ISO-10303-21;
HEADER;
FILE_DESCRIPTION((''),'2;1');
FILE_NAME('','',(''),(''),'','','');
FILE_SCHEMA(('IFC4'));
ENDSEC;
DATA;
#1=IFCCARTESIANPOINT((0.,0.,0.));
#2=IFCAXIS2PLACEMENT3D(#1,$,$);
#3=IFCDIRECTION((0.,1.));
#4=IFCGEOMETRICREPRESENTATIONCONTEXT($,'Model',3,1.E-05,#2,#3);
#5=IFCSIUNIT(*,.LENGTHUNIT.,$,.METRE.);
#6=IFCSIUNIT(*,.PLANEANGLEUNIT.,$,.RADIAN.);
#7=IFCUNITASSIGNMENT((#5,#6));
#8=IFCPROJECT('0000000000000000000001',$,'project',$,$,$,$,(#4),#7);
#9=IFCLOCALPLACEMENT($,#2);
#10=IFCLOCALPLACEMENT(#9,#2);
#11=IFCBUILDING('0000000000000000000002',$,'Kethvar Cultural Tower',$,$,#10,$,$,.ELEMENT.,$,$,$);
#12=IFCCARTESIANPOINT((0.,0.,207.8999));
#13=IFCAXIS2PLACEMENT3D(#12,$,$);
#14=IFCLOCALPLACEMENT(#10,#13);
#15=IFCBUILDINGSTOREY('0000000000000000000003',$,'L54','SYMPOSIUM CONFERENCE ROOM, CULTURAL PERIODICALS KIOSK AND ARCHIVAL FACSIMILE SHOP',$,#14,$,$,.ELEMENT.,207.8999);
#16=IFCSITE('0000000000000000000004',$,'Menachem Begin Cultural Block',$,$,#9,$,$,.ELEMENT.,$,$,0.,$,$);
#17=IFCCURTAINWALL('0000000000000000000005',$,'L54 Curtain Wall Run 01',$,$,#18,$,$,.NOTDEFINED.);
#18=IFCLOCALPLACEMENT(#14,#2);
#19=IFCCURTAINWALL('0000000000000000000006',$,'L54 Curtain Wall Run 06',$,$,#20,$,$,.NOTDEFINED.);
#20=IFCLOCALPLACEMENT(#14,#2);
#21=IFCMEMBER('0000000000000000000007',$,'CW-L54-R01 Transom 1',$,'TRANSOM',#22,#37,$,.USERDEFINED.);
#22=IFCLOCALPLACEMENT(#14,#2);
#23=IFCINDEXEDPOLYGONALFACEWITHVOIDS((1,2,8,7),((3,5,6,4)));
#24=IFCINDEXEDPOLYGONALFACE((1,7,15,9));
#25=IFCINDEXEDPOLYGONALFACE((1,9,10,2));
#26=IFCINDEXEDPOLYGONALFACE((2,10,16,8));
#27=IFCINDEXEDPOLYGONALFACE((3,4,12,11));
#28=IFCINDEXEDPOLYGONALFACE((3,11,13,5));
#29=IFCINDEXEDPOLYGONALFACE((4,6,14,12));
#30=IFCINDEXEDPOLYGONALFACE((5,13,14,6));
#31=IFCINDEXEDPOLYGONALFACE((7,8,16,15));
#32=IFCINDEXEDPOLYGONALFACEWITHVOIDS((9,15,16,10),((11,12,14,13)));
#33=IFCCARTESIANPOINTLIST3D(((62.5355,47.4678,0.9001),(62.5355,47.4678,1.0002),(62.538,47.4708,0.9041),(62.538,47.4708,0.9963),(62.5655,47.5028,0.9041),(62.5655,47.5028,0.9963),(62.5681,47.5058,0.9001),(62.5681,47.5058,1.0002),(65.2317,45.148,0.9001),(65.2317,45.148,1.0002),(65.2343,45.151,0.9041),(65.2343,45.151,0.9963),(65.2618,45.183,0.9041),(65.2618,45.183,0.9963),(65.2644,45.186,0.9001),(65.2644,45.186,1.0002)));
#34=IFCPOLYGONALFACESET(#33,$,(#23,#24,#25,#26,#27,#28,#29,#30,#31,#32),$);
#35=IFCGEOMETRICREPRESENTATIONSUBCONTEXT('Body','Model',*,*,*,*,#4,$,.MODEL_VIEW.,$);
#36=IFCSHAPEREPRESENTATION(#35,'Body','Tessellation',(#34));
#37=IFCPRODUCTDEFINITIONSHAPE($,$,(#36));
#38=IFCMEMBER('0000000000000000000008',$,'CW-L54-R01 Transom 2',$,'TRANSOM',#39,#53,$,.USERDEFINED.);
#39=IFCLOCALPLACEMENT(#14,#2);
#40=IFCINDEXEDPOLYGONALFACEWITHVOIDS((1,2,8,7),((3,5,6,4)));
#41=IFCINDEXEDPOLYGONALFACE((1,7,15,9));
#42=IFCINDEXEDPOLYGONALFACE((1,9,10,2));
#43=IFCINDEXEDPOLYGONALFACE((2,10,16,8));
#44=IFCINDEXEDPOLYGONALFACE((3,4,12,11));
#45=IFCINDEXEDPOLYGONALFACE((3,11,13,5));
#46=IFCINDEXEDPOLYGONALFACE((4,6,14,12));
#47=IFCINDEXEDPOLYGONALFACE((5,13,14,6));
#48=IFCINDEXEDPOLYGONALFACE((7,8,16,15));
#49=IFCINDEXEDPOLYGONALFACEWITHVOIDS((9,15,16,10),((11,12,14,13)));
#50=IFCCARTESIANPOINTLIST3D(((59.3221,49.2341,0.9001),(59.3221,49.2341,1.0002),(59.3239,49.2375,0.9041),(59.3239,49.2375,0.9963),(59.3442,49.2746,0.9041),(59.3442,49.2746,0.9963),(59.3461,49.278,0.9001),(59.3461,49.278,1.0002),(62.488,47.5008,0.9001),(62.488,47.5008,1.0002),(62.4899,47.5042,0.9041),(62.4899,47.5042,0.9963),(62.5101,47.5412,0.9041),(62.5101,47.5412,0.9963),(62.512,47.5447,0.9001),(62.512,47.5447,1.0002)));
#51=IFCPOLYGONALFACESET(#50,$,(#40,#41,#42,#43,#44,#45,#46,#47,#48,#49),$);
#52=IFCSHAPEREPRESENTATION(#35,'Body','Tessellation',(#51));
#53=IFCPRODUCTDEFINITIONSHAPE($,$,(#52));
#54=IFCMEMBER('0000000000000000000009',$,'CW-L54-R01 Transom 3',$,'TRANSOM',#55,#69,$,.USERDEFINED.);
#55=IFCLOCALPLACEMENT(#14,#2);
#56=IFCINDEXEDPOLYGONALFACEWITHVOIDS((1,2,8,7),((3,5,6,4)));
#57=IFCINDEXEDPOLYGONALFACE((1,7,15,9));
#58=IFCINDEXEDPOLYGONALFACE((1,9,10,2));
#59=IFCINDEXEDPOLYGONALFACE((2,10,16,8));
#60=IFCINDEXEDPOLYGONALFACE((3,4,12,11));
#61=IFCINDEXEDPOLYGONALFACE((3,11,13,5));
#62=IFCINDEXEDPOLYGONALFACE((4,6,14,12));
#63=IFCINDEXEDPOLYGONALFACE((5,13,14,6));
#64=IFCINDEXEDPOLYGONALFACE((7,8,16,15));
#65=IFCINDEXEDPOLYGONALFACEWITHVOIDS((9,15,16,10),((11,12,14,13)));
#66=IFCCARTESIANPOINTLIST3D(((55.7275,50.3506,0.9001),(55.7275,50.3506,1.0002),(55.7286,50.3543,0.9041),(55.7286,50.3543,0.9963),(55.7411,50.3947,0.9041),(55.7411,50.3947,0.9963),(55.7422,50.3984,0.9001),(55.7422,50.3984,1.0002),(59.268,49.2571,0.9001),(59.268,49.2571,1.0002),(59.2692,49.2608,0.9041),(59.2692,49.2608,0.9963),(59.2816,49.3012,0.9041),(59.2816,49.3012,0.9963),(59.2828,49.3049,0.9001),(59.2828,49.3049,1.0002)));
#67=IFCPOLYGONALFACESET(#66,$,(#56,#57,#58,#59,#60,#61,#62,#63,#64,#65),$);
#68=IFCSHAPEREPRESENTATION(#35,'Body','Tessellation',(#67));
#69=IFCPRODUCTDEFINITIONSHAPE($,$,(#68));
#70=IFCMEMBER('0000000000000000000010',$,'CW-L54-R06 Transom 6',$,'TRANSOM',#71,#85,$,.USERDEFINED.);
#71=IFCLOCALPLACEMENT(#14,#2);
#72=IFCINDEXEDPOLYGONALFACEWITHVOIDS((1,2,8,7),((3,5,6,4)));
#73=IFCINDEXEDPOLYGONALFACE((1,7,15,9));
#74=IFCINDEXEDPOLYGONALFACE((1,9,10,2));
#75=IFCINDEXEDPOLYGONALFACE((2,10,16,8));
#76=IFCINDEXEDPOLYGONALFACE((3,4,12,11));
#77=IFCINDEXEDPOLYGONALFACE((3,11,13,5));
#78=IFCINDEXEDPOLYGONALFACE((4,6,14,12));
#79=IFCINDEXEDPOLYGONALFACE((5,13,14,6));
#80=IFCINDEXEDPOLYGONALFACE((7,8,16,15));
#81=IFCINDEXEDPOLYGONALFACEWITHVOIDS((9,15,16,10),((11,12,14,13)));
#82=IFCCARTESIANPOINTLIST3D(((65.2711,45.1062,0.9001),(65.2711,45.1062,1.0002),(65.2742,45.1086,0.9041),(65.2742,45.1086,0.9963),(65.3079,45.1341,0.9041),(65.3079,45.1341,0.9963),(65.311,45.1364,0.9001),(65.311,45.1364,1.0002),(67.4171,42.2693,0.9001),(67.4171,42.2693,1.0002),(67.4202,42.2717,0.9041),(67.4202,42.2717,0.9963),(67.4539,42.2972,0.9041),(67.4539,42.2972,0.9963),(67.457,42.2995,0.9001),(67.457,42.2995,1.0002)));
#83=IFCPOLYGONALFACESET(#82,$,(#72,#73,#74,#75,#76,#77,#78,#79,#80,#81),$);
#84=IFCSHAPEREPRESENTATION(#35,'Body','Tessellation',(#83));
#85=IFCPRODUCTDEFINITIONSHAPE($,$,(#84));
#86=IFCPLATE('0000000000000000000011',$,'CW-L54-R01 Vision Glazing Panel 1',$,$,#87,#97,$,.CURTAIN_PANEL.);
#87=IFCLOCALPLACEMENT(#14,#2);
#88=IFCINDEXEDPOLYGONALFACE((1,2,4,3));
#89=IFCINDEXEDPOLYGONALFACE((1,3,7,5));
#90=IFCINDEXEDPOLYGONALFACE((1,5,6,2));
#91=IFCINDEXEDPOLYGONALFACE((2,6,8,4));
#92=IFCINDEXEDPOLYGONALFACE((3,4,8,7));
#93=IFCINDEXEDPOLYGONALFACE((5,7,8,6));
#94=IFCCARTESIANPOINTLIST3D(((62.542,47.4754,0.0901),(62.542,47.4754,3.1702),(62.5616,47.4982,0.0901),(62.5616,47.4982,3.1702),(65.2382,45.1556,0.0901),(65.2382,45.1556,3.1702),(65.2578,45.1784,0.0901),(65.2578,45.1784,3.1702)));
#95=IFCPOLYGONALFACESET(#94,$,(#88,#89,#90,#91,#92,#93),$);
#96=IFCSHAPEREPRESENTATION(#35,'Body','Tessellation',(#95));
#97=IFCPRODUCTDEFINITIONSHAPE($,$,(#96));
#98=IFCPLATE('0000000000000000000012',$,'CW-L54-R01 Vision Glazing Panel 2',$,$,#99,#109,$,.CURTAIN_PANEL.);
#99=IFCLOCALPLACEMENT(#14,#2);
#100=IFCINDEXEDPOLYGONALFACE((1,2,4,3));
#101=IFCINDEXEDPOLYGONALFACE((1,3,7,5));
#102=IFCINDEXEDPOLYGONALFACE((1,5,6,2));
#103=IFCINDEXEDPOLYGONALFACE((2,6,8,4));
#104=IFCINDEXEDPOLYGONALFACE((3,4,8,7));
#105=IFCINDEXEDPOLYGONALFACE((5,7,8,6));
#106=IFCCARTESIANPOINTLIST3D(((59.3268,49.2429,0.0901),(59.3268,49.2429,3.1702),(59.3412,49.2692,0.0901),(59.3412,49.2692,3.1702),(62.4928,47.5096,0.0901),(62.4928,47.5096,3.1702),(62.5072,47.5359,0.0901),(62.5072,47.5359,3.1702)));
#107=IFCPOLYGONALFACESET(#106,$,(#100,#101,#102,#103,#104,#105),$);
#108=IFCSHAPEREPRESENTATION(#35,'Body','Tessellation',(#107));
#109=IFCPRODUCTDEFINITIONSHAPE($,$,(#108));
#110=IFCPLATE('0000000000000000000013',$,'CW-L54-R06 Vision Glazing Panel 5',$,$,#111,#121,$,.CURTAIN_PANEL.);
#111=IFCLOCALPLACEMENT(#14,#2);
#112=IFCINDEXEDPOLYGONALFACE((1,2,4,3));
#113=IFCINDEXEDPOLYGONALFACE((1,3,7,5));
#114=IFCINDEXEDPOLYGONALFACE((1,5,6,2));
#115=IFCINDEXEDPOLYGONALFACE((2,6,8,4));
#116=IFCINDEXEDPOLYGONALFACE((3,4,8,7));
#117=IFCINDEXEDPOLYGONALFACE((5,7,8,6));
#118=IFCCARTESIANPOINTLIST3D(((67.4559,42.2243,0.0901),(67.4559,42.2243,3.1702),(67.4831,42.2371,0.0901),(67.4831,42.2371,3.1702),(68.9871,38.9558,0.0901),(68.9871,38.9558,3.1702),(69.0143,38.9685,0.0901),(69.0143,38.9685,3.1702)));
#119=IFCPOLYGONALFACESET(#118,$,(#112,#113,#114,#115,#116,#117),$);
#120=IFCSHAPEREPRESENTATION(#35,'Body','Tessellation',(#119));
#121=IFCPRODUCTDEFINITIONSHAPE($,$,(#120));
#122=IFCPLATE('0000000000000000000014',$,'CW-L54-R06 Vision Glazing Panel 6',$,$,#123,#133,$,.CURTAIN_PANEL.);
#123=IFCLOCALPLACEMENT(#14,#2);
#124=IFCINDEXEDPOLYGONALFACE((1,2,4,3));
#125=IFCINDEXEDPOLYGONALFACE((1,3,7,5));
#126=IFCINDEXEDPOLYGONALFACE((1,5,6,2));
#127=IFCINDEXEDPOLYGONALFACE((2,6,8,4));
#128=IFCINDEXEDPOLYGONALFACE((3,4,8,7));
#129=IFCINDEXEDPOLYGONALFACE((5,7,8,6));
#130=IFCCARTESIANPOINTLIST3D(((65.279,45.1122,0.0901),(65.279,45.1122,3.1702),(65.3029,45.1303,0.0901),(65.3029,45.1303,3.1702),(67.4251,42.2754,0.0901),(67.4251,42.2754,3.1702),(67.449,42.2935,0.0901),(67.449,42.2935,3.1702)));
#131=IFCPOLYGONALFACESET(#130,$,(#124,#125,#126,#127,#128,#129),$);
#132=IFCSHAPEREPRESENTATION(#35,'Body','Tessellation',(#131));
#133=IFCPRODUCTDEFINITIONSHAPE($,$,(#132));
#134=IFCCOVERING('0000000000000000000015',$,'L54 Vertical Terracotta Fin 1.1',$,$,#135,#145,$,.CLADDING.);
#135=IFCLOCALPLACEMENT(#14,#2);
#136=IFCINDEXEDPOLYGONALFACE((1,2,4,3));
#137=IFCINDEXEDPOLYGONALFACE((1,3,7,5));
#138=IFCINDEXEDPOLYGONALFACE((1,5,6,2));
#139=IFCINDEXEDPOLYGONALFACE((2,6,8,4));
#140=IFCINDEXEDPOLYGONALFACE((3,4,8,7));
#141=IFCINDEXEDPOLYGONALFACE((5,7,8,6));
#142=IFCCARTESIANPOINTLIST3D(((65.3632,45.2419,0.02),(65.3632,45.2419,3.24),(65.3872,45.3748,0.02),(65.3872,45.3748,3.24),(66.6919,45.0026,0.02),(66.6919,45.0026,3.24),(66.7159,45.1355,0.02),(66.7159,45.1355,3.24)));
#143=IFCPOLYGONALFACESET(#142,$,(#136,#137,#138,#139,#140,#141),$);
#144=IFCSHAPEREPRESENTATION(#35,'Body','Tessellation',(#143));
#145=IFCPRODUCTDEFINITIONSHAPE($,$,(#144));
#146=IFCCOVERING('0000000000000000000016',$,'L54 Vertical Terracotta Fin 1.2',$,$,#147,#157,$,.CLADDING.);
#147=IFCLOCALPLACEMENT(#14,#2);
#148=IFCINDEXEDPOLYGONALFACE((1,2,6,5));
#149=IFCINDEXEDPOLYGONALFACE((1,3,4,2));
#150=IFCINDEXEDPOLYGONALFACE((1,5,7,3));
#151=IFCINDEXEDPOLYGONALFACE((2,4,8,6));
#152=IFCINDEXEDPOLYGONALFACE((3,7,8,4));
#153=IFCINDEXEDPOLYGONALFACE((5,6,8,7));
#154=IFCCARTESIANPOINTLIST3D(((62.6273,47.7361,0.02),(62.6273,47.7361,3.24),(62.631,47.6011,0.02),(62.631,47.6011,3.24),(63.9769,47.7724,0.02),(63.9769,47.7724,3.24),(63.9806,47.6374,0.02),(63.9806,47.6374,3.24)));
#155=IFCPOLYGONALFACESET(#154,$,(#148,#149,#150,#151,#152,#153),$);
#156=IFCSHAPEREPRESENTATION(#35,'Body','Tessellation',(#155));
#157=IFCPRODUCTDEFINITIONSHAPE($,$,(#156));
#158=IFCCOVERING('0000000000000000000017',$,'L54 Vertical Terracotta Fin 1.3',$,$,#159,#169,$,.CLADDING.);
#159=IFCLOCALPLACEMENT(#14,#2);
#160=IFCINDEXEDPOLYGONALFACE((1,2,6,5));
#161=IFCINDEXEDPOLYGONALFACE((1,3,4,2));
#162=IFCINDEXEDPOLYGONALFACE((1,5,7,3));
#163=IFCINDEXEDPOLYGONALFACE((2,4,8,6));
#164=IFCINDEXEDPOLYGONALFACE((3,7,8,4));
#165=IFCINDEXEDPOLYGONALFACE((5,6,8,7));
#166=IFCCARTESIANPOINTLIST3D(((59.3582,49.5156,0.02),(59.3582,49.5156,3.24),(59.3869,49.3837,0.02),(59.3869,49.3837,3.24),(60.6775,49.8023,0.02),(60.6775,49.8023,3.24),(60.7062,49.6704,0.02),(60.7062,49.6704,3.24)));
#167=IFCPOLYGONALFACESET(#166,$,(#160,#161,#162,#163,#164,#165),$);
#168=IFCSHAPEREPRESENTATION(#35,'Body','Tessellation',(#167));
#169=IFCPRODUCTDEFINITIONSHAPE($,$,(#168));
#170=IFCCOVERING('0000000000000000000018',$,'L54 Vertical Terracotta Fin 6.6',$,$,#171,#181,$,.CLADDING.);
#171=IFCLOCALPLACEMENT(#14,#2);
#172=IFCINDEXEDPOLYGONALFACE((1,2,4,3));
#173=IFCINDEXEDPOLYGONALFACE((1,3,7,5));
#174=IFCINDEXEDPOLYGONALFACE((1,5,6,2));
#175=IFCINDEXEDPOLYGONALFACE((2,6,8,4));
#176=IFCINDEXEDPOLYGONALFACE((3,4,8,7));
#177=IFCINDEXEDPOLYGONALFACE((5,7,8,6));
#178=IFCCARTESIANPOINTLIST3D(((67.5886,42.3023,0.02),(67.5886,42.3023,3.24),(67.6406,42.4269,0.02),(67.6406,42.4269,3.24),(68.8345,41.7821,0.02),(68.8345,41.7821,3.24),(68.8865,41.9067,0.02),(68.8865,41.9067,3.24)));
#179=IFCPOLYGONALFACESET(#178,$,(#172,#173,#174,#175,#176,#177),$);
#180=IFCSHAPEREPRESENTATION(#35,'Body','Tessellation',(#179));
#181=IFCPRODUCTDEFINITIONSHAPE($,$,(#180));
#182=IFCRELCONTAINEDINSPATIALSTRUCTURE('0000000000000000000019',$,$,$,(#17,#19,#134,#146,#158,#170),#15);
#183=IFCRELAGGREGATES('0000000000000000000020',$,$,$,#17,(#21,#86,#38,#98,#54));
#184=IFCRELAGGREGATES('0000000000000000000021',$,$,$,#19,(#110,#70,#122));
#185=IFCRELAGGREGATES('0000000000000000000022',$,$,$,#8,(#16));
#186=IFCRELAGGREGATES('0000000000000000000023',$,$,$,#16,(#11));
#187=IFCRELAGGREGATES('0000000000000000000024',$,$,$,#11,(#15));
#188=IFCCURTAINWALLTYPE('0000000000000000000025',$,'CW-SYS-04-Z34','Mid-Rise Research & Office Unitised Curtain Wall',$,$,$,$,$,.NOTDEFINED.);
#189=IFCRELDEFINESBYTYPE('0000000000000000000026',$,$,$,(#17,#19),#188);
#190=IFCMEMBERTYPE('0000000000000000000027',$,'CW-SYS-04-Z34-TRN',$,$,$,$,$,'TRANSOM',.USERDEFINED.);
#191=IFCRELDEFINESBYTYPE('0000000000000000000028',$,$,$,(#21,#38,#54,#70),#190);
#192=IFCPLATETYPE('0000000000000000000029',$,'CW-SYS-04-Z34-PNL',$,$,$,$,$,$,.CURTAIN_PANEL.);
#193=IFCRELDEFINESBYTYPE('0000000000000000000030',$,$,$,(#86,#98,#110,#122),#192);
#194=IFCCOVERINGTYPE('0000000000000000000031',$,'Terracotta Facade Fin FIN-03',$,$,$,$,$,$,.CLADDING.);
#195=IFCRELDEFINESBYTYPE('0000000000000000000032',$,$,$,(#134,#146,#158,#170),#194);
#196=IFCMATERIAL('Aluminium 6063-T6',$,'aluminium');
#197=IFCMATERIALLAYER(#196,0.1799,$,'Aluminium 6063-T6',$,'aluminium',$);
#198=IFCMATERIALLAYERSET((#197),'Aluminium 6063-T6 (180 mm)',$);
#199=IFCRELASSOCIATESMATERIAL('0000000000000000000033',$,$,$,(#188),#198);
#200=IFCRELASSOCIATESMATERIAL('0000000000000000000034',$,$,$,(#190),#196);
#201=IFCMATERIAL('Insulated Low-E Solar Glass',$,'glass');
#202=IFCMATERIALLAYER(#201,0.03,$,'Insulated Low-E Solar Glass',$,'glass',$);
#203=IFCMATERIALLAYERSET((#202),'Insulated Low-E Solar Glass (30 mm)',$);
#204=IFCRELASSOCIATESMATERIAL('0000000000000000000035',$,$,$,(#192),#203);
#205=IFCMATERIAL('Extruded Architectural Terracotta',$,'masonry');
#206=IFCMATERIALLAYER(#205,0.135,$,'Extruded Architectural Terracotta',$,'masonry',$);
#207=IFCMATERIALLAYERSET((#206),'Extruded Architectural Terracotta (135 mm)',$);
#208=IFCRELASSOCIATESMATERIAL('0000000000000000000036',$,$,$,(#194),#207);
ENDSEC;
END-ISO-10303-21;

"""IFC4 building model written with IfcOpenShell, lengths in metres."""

from ifc_helpers import new_model, si_unit, direction, frame, origin, origin_2d, place, context, subcontext, project, spatial, rectangle, hollow_rectangle, extrude, source, transform, mapped, material, layer, layer_set, material_profile, profile_set, type_object, element, aggregate, save


model = new_model("IFC4")

# Units and contexts
model_context = context("Model", 3, precision=1e-05, world=origin(), true_north=direction((0.0, 1.0)))
body_context = subcontext(model_context, "Body", "Model", "MODEL_VIEW")
ifc_project = project(units=[si_unit("LENGTHUNIT", "METRE"), si_unit("PLANEANGLEUNIT", "RADIAN")], contexts=[model_context])

# Site, building, storey
site_placement = place(None, origin())
site = spatial("IfcSite", under=ifc_project, at=site_placement, Name="Menachem Begin Cultural Block", CompositionType="ELEMENT", RefElevation=0.0)
building_placement = place(site_placement, origin())
building = spatial("IfcBuilding", under=site, at=building_placement, Name="Kethvar Cultural Tower", CompositionType="ELEMENT")
storey_placement = place(building_placement, frame((0.0, 0.0, 207.8999)))
storey = spatial("IfcBuildingStorey", under=building, at=storey_placement, Name="L54", Description="SYMPOSIUM CONFERENCE ROOM, CULTURAL PERIODICALS KIOSK AND ARCHIVAL FACSIMILE SHOP", CompositionType="ELEMENT", Elevation=207.8999)

# Curtain walls
ifc_material_1 = material(Name="Aluminium 6063-T6", Category="aluminium")
ifc_layer_1 = layer(ifc_material_1, 0.1799, Name="Aluminium 6063-T6", Category="aluminium")
ifc_layer_set_1 = layer_set([ifc_layer_1], Name="Aluminium 6063-T6 (180 mm)")
curtain_wall_type = type_object("IfcCurtainWallType", Name="CW-SYS-04-Z34", Description="Mid-Rise Research & Office Unitised Curtain Wall", PredefinedType="NOTDEFINED", material=ifc_layer_set_1)
curtain_wall_1_placement = place(storey_placement, origin())
curtain_wall_1 = element("IfcCurtainWall", 1, at=curtain_wall_1_placement, inside=storey, type_object=curtain_wall_type, Name="L54 Curtain Wall Run 01", PredefinedType="NOTDEFINED")
curtain_wall_2_placement = place(storey_placement, origin())
curtain_wall_2 = element("IfcCurtainWall", 2, at=curtain_wall_2_placement, inside=storey, type_object=curtain_wall_type, Name="L54 Curtain Wall Run 06", PredefinedType="NOTDEFINED")

# Members
ifc_material_profile_1 = material_profile(ifc_material_1, hollow_rectangle(XDim=0.05, YDim=0.1001, WallThickness=0.0039, at=origin_2d()), Name="Aluminium 6063-T6 — RHS100x50x4")
ifc_profile_set_1 = profile_set([ifc_material_profile_1], Name="Aluminium 6063-T6 — RHS100x50x4")
member_type_1 = type_object("IfcMemberType", Name="CW-SYS-04-Z34-TRN", ElementType="TRANSOM", PredefinedType="USERDEFINED", material=ifc_profile_set_1)
shared_shape_1 = source(origin(), body_context, "Body", "SweptSolid", [
    extrude(hollow_rectangle(XDim=0.05, YDim=0.1001, WallThickness=0.0039, at=origin_2d()), origin(), (0.0, 0.0, 1.0), 3.5569),
])
member_1_placement = place(storey_placement, frame((65.248, 45.167, 0.9502), z_axis=(-0.758044, 0.652203, 0.0), x_axis=(-0.652203, -0.758044, 0.0)))
member_1 = element("IfcMember", 3, at=member_1_placement, type_object=member_type_1, Name="CW-L54-R01 Transom 1", ObjectType="TRANSOM", PredefinedType="USERDEFINED", context=body_context, shape_type="MappedRepresentation", body=[
    mapped(shared_shape_1, transform((0.0, 0.0, 0.0), scale=1.0)),
])
shared_shape_2 = source(origin(), body_context, "Body", "SweptSolid", [
    extrude(hollow_rectangle(XDim=0.05, YDim=0.1001, WallThickness=0.0039, at=origin_2d()), origin(), (0.0, 0.0, 1.0), 3.6094),
])
member_2_placement = place(storey_placement, frame((62.5, 47.5227, 0.9502), z_axis=(-0.87714, 0.480235, 0.0), x_axis=(-0.480235, -0.87714, 0.0)))
member_2 = element("IfcMember", 4, at=member_2_placement, type_object=member_type_1, Name="CW-L54-R01 Transom 2", ObjectType="TRANSOM", PredefinedType="USERDEFINED", context=body_context, shape_type="MappedRepresentation", body=[
    mapped(shared_shape_2, transform((0.0, 0.0, 0.0), scale=1.0)),
])
shared_shape_3 = source(origin(), body_context, "Body", "SweptSolid", [
    extrude(hollow_rectangle(XDim=0.05, YDim=0.1001, WallThickness=0.0039, at=origin_2d()), origin(), (0.0, 0.0, 1.0), 3.7056),
])
member_3_placement = place(storey_placement, frame((59.2754, 49.281, 0.9502), z_axis=(-0.955466, 0.2951, 0.0), x_axis=(-0.2951, -0.955466, 0.0)))
member_3 = element("IfcMember", 5, at=member_3_placement, type_object=member_type_1, Name="CW-L54-R01 Transom 3", ObjectType="TRANSOM", PredefinedType="USERDEFINED", context=body_context, shape_type="MappedRepresentation", body=[
    mapped(shared_shape_3, transform((0.0, 0.0, 0.0), scale=1.0)),
])
shared_shape_4 = source(origin(), body_context, "Body", "SweptSolid", [
    extrude(hollow_rectangle(XDim=0.05, YDim=0.1001, WallThickness=0.0039, at=origin_2d()), origin(), (0.0, 0.0, 1.0), 3.5571),
])
member_4_placement = place(storey_placement, frame((67.437, 42.2844, 0.9502), z_axis=(-0.603289, 0.797522, 0.0), x_axis=(-0.797522, -0.603289, 0.0)))
member_4 = element("IfcMember", 6, at=member_4_placement, type_object=member_type_1, Name="CW-L54-R06 Transom 6", ObjectType="TRANSOM", PredefinedType="USERDEFINED", context=body_context, shape_type="MappedRepresentation", body=[
    mapped(shared_shape_4, transform((0.0, 0.0, 0.0), scale=1.0)),
])

# Plates
ifc_material_2 = material(Name="Insulated Low-E Solar Glass", Category="glass")
ifc_layer_2 = layer(ifc_material_2, 0.03, Name="Insulated Low-E Solar Glass", Category="glass")
ifc_layer_set_2 = layer_set([ifc_layer_2], Name="Insulated Low-E Solar Glass (30 mm)")
plate_type = type_object("IfcPlateType", Name="CW-SYS-04-Z34-PNL", PredefinedType="CURTAIN_PANEL", material=ifc_layer_set_2)
shared_shape_5 = source(origin(), body_context, "Body", "SweptSolid", [
    extrude(rectangle(XDim=3.5569, YDim=0.03, at=origin_2d()), origin(), (0.0, 0.0, 1.0), 3.0801),
])
plate_1_placement = place(storey_placement, frame((63.8999, 46.3269, 0.0901), z_axis=(0.0, 0.0, 1.0), x_axis=(-0.758043, 0.652204, 0.0)))
plate_1 = element("IfcPlate", 7, at=plate_1_placement, type_object=plate_type, Name="CW-L54-R01 Vision Glazing Panel 1", PredefinedType="CURTAIN_PANEL", context=body_context, shape_type="MappedRepresentation", body=[
    mapped(shared_shape_5, transform((0.0, 0.0, 0.0), scale=1.0)),
])
shared_shape_6 = source(origin(), body_context, "Body", "SweptSolid", [
    extrude(rectangle(XDim=3.6094, YDim=0.03, at=origin_2d()), origin(), (0.0, 0.0, 1.0), 3.0801),
])
plate_2_placement = place(storey_placement, frame((60.917, 48.3894, 0.0901), z_axis=(0.0, 0.0, 1.0), x_axis=(-0.877146, 0.480223, 0.0)))
plate_2 = element("IfcPlate", 8, at=plate_2_placement, type_object=plate_type, Name="CW-L54-R01 Vision Glazing Panel 2", PredefinedType="CURTAIN_PANEL", context=body_context, shape_type="MappedRepresentation", body=[
    mapped(shared_shape_6, transform((0.0, 0.0, 0.0), scale=1.0)),
])
aggregate(curtain_wall_1, [member_1, plate_1, member_2, plate_2, member_3])
plate_3_placement = place(storey_placement, frame((68.2351, 40.5964, 0.0901), z_axis=(0.0, 0.0, 1.0), x_axis=(-0.424215, 0.905561, 0.0)))
plate_3 = element("IfcPlate", 9, at=plate_3_placement, type_object=plate_type, Name="CW-L54-R06 Vision Glazing Panel 5", PredefinedType="CURTAIN_PANEL", context=body_context, shape_type="MappedRepresentation", body=[
    mapped(shared_shape_6, transform((0.0, 0.0, 0.0), scale=1.0)),
])
shared_shape_7 = source(origin(), body_context, "Body", "SweptSolid", [
    extrude(rectangle(XDim=3.5571, YDim=0.03, at=origin_2d()), origin(), (0.0, 0.0, 1.0), 3.0801),
])
plate_4_placement = place(storey_placement, frame((66.364, 43.7029, 0.0901), z_axis=(0.0, 0.0, 1.0), x_axis=(-0.603319, 0.7975, 0.0)))
plate_4 = element("IfcPlate", 10, at=plate_4_placement, type_object=plate_type, Name="CW-L54-R06 Vision Glazing Panel 6", PredefinedType="CURTAIN_PANEL", context=body_context, shape_type="MappedRepresentation", body=[
    mapped(shared_shape_7, transform((0.0, 0.0, 0.0), scale=1.0)),
])
aggregate(curtain_wall_2, [plate_3, member_4, plate_4])

# Coverings
ifc_material_3 = material(Name="Extruded Architectural Terracotta", Category="masonry")
ifc_layer_3 = layer(ifc_material_3, 0.135, Name="Extruded Architectural Terracotta", Category="masonry")
ifc_layer_set_3 = layer_set([ifc_layer_3], Name="Extruded Architectural Terracotta (135 mm)")
covering_type = type_object("IfcCoveringType", Name="Terracotta Facade Fin FIN-03", PredefinedType="CLADDING", material=ifc_layer_set_3)
shared_shape_8 = source(origin(), body_context, "Body", "SweptSolid", [
    extrude(rectangle(XDim=1.3501, YDim=0.135, at=origin_2d()), origin(), (0.0, 0.0, 1.0), 3.22),
])
for number, where, z_axis, x_axis, name in (
    (11, (66.0396, 45.1887, 0.02), (0.0, 0.0, 1.0), (0.984165, -0.177257, 0.0), "L54 Vertical Terracotta Fin 1.1"),
    (12, (63.304, 47.6868, 0.02), (0.0, 0.0, 1.0), (0.999639, 0.026875, 0.0), "L54 Vertical Terracotta Fin 1.2"),
    (13, (60.0322, 49.593, 0.02), (0.0, 0.0, 1.0), (0.977194, 0.212348, 0.0), "L54 Vertical Terracotta Fin 1.3"),
    (14, (68.2375, 42.1045, 0.02), (0.0, 0.0, 1.0), (0.922807, -0.385262, 0.0), "L54 Vertical Terracotta Fin 6.6"),
):
    element("IfcCovering", number, at=place(storey_placement, frame(where, z_axis=z_axis, x_axis=x_axis)), inside=storey, type_object=covering_type, Name=name, PredefinedType="CLADDING", context=body_context, shape_type="MappedRepresentation", body=[
        mapped(shared_shape_8, transform((0.0, 0.0, 0.0), scale=1.0)),
    ])

save(model, "model.ifc")
